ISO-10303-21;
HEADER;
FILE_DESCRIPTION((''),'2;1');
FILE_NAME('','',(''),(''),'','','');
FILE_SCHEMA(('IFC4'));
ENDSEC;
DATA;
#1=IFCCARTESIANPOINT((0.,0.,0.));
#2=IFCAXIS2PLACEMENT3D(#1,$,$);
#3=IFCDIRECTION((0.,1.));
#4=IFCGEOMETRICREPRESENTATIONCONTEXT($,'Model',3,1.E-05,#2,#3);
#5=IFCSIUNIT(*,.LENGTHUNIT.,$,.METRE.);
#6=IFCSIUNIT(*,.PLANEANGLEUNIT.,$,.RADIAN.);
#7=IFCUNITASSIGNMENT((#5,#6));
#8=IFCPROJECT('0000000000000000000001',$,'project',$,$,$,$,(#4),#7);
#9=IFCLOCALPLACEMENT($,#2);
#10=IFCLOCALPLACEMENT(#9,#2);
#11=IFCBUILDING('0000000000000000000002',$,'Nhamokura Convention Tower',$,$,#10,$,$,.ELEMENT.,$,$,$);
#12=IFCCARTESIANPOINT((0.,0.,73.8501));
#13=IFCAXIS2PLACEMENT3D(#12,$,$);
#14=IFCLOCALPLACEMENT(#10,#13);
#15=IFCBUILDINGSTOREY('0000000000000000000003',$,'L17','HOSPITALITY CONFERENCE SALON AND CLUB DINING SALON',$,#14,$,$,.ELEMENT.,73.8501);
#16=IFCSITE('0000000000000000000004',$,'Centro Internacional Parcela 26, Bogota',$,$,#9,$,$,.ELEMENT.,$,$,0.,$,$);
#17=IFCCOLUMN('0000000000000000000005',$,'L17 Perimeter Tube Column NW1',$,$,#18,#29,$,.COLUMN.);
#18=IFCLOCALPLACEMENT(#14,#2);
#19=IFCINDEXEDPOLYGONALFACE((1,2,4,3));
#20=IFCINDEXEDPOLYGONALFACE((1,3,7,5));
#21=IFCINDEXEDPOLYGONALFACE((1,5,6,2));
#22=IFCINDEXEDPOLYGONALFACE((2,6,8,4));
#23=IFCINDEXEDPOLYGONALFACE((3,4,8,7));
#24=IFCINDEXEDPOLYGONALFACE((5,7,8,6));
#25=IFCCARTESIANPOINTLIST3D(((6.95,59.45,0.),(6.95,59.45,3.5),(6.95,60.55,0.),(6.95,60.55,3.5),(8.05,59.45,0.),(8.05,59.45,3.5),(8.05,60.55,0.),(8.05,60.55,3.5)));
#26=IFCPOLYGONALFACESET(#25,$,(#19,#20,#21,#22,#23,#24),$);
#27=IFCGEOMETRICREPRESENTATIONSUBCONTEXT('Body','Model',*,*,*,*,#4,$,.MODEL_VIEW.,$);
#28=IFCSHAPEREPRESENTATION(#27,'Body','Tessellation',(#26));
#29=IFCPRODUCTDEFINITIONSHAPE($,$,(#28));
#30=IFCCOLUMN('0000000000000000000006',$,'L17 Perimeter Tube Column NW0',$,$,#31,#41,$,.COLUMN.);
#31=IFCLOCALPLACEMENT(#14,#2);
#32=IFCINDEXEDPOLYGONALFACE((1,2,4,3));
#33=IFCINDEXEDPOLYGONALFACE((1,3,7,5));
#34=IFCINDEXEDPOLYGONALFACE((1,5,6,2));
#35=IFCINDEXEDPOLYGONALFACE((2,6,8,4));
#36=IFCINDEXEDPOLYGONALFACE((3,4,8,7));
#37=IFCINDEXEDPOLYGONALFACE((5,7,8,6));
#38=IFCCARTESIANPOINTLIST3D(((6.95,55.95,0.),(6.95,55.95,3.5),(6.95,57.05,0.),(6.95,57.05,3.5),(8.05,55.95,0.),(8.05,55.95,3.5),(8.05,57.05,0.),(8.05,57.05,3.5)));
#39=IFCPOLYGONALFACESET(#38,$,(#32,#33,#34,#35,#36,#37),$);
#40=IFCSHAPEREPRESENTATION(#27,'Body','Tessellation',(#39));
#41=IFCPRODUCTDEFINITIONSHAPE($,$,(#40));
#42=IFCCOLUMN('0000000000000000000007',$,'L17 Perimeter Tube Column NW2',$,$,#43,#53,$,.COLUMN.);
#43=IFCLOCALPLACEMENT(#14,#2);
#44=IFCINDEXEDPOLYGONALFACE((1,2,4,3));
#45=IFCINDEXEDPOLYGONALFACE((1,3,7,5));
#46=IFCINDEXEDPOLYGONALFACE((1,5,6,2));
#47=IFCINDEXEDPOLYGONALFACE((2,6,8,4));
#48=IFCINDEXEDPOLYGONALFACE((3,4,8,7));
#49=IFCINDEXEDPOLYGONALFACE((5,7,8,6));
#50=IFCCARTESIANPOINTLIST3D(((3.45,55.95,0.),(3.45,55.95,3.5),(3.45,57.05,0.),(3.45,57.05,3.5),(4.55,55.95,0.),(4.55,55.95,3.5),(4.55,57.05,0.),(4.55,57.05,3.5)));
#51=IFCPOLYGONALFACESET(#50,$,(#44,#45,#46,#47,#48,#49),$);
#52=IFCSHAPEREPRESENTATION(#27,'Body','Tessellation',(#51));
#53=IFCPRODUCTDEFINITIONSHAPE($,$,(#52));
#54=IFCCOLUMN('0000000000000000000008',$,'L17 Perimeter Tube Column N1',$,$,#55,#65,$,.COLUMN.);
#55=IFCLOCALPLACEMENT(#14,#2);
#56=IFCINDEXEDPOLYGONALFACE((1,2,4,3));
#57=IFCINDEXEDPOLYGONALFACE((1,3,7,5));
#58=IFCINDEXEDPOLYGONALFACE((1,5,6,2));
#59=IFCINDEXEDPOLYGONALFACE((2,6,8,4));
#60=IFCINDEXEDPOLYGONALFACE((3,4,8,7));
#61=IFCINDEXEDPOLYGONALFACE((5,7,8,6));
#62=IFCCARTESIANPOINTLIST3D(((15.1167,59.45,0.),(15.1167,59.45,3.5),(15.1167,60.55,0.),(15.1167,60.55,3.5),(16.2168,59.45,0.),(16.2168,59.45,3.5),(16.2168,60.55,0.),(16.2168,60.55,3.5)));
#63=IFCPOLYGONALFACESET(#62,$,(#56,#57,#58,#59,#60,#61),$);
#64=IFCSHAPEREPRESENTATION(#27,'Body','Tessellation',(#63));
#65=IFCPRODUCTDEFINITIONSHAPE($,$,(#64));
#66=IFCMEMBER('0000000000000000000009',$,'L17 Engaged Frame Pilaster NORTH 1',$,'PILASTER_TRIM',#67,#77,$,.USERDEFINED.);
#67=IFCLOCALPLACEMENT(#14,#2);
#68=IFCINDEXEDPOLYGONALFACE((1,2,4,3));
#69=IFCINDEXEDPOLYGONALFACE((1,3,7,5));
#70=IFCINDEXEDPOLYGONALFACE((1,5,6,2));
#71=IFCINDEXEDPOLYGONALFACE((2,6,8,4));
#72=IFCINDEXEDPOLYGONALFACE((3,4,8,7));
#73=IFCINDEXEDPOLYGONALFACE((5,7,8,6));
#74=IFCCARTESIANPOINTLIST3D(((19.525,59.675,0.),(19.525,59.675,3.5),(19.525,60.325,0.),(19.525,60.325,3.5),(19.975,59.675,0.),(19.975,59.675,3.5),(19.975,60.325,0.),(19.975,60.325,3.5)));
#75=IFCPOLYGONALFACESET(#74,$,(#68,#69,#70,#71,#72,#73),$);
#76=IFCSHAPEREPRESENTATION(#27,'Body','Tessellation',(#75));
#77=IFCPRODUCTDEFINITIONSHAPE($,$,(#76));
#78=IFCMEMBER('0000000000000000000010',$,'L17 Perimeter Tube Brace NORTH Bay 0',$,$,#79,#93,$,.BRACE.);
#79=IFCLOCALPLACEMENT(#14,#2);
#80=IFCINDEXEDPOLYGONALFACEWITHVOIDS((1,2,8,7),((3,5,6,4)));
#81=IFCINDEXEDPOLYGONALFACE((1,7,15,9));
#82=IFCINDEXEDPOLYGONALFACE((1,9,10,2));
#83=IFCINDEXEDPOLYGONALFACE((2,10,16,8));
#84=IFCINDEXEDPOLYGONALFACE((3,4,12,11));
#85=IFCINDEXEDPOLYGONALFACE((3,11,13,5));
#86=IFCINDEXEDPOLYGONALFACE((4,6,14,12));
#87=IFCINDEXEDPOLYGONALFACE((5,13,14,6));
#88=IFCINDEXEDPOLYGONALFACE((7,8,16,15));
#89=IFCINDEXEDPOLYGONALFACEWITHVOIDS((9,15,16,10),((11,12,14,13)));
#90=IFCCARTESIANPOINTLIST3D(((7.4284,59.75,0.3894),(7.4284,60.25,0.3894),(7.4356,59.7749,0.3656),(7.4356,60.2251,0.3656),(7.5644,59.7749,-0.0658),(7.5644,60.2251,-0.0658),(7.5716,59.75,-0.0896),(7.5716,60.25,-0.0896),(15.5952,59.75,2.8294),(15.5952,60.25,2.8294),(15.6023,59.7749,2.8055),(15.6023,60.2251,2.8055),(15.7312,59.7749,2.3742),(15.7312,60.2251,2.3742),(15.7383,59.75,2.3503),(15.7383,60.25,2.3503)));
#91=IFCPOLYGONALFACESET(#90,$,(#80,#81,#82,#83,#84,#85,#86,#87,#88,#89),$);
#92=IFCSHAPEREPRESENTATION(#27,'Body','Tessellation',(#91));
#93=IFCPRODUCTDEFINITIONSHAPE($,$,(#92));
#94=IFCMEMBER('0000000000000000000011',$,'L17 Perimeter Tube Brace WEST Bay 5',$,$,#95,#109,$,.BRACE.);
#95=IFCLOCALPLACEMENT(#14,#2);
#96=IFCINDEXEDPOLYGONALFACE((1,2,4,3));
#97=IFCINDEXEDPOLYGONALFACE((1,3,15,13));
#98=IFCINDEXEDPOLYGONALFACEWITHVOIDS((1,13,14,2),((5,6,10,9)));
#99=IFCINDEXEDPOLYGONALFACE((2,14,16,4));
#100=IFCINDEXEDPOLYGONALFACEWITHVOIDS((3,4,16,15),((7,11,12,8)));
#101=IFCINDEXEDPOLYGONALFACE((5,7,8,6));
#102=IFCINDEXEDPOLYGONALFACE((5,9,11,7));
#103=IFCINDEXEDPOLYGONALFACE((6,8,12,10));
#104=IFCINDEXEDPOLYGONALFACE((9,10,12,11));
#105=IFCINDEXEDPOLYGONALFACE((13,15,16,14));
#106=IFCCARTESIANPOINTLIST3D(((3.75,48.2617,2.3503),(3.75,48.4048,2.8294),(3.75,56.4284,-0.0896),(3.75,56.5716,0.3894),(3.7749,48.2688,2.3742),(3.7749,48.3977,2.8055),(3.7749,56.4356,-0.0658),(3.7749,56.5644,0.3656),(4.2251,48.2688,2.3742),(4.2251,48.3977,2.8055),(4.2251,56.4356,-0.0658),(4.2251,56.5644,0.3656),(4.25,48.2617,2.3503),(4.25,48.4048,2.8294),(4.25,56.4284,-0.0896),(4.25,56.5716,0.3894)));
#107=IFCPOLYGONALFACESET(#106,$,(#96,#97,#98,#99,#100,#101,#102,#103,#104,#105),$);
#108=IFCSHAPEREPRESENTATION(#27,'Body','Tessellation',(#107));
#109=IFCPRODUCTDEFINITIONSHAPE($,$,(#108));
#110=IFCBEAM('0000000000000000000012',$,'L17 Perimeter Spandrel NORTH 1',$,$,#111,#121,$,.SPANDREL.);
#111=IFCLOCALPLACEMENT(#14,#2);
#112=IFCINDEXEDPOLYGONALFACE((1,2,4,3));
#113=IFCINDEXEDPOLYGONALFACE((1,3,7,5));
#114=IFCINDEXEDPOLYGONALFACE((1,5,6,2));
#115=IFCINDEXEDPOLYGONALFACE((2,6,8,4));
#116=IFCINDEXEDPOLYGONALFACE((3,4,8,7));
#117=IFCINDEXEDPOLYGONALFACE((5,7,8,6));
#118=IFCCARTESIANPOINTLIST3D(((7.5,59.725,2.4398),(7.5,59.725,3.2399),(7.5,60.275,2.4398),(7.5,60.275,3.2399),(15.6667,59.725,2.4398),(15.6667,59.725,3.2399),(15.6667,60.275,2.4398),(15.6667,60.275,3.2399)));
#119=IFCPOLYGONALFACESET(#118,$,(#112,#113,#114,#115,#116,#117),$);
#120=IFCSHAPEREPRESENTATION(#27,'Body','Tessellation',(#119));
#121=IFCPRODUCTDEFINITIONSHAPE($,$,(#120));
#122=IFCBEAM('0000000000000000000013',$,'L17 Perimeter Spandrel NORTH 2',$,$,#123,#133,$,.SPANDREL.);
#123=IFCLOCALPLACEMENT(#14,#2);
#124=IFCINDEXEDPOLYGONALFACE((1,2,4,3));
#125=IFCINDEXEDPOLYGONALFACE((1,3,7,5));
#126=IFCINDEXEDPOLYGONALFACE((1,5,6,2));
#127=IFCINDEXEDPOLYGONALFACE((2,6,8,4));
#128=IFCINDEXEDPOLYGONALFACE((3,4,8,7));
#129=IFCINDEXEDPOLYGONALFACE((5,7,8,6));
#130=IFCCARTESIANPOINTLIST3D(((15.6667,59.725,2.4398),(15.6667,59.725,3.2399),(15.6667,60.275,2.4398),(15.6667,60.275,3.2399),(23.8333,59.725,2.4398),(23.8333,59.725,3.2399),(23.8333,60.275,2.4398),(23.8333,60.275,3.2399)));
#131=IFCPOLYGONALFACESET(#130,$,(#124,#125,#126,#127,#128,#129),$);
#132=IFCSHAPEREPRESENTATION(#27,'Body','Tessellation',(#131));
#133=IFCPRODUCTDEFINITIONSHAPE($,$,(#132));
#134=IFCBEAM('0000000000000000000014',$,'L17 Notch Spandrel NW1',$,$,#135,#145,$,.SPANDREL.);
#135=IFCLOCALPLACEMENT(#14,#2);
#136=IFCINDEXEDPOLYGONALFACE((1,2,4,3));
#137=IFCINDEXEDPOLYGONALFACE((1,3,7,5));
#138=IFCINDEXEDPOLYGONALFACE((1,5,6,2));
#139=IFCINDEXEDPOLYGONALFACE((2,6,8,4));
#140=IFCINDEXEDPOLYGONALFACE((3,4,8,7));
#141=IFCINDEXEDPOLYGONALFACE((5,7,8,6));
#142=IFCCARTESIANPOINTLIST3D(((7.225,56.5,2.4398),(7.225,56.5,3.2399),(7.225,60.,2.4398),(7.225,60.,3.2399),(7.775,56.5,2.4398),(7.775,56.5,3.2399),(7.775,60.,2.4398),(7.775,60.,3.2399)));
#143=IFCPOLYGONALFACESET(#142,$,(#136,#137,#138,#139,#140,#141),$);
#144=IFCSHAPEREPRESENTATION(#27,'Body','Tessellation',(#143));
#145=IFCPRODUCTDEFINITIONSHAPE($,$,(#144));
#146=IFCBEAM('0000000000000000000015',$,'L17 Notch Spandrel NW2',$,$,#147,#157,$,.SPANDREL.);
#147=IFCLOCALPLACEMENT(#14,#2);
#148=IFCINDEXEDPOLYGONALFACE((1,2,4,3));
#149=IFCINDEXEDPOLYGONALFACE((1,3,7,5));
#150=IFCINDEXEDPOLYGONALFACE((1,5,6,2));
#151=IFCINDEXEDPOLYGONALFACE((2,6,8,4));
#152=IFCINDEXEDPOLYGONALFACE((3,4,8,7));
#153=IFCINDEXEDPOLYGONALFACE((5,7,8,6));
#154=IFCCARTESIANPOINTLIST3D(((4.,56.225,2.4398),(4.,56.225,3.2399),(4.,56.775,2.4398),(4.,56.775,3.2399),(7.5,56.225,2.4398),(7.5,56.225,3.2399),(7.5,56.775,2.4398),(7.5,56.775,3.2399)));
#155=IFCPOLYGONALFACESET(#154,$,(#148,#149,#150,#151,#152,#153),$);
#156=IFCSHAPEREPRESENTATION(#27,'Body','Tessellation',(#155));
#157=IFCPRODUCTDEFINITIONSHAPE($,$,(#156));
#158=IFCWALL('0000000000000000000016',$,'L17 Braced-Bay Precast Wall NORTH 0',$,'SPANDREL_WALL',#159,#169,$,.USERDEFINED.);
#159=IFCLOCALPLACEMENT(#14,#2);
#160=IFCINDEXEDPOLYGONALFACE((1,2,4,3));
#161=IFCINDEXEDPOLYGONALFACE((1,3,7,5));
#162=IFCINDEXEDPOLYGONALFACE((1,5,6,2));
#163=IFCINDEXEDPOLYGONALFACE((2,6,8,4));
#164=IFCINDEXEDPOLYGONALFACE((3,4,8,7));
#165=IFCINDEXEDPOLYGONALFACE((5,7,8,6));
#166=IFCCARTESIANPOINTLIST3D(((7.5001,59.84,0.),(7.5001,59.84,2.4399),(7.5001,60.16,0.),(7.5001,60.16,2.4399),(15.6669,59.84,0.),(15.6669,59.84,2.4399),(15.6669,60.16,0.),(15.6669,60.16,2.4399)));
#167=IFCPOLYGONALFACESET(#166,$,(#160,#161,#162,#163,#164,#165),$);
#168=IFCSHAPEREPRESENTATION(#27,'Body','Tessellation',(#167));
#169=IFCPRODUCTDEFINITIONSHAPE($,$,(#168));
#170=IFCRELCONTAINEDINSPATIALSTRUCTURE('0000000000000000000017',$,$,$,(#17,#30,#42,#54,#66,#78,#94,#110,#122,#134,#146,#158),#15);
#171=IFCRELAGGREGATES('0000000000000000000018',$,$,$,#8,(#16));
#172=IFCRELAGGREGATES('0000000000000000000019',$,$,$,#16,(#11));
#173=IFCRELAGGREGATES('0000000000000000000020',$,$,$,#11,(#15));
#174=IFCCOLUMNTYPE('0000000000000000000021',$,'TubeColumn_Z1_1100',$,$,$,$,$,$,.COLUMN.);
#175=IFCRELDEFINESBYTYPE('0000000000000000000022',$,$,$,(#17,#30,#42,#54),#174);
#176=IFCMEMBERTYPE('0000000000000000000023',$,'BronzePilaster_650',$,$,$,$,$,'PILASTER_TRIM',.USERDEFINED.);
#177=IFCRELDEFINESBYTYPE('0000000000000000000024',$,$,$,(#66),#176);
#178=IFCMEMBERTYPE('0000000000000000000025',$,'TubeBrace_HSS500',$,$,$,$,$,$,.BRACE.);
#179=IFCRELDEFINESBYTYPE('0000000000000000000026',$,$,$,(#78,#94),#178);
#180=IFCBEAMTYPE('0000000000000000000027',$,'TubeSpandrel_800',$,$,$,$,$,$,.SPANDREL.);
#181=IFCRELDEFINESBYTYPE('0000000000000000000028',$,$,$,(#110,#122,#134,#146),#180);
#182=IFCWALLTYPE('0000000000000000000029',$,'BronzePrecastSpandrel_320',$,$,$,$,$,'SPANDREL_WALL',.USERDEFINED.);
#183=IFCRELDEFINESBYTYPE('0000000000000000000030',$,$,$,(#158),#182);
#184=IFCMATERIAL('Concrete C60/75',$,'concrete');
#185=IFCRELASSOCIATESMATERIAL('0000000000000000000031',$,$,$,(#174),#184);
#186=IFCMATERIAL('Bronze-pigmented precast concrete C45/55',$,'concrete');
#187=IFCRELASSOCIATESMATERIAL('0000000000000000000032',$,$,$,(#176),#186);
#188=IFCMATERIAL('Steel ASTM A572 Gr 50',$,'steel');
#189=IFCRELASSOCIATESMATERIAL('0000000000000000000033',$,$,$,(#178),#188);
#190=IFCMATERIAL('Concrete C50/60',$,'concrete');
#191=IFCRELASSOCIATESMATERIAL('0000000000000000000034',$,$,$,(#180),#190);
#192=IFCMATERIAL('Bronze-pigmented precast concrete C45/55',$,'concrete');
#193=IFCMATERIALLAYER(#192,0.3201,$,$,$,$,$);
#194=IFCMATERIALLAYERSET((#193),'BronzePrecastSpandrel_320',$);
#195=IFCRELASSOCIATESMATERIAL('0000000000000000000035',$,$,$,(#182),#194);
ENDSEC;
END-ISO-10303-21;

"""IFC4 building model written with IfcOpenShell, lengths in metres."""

from ifc_helpers import new_model, si_unit, direction, frame, frame_2d, origin, origin_2d, place, context, subcontext, project, spatial, rectangle, hollow_rectangle, extrude, material, layer, layer_set, material_profile, profile_set, type_object, element, save


model = new_model("IFC4")

# Units and contexts
model_context = context("Model", 3, precision=1e-05, world=origin(), true_north=direction((0.0, 1.0)))
body_context = subcontext(model_context, "Body", "Model", "MODEL_VIEW")
ifc_project = project(units=[si_unit("LENGTHUNIT", "METRE"), si_unit("PLANEANGLEUNIT", "RADIAN")], contexts=[model_context])

# Site, building, storey
site_placement = place(None, origin())
site = spatial("IfcSite", under=ifc_project, at=site_placement, Name="Centro Internacional Parcela 26, Bogota", CompositionType="ELEMENT", RefElevation=0.0)
building_placement = place(site_placement, origin())
building = spatial("IfcBuilding", under=site, at=building_placement, Name="Nhamokura Convention Tower", CompositionType="ELEMENT")
storey_placement = place(building_placement, frame((0.0, 0.0, 73.8501)))
storey = spatial("IfcBuildingStorey", under=building, at=storey_placement, Name="L17", Description="HOSPITALITY CONFERENCE SALON AND CLUB DINING SALON", CompositionType="ELEMENT", Elevation=73.8501)

# Columns
ifc_material_1 = material(Name="Concrete C60/75", Category="concrete")
ifc_material_profile_1 = material_profile(ifc_material_1, rectangle(XDim=1.1001, YDim=1.1001, at=origin_2d()))
ifc_profile_set_1 = profile_set([ifc_material_profile_1], Name="Concrete C60/75")
column_type = type_object("IfcColumnType", Name="TubeColumn_Z1_1100", PredefinedType="COLUMN", material=ifc_profile_set_1)
for number, where, z_axis, x_axis, name in (
    (1, (7.5, 60.0, 0.0), (0.0, 0.0, 1.0), (1.0, 0.0, 0.0), "L17 Perimeter Tube Column NW1"),
    (2, (7.5, 56.5, 0.0), (0.0, 0.0, 1.0), (1.0, 0.0, 0.0), "L17 Perimeter Tube Column NW0"),
    (3, (4.0, 56.5, 0.0), (0.0, 0.0, 1.0), (1.0, 0.0, 0.0), "L17 Perimeter Tube Column NW2"),
    (4, (15.6667, 60.0, 0.0), (0.0, 0.0, 1.0), (1.0, 0.0, 0.0), "L17 Perimeter Tube Column N1"),
):
    element("IfcColumn", number, at=place(storey_placement, frame(where, z_axis=z_axis, x_axis=x_axis)), inside=storey, type_object=column_type, Name=name, PredefinedType="COLUMN", context=body_context, shape_type="SweptSolid", body=[
        extrude(rectangle(XDim=1.1001, YDim=1.1001, at=origin_2d()), origin(), (0.0, 0.0, 1.0), 3.5),
    ])

# Members
ifc_material_2 = material(Name="Bronze-pigmented precast concrete C45/55", Category="concrete")
ifc_material_profile_2 = material_profile(ifc_material_2, rectangle(XDim=0.45, YDim=0.6499, at=origin_2d()))
ifc_profile_set_2 = profile_set([ifc_material_profile_2], Name="Bronze-pigmented precast concrete C45/55")
member_type_1 = type_object("IfcMemberType", Name="BronzePilaster_650", ElementType="PILASTER_TRIM", PredefinedType="USERDEFINED", material=ifc_profile_set_2)
member_placement = place(storey_placement, frame((19.75, 60.0, 0.0), z_axis=(0.0, 0.0, 1.0), x_axis=(1.0, 0.0, 0.0)))
element("IfcMember", 5, at=member_placement, inside=storey, type_object=member_type_1, Name="L17 Engaged Frame Pilaster NORTH 1", ObjectType="PILASTER_TRIM", PredefinedType="USERDEFINED", context=body_context, shape_type="SweptSolid", body=[
    extrude(rectangle(XDim=0.45, YDim=0.6499, at=origin_2d()), origin(), (0.0, 0.0, 1.0), 3.5),
])
ifc_material_3 = material(Name="Steel ASTM A572 Gr 50", Category="steel")
ifc_material_profile_3 = material_profile(ifc_material_3, hollow_rectangle(XDim=0.5, YDim=0.5, WallThickness=0.0249, at=origin_2d()))
ifc_profile_set_3 = profile_set([ifc_material_profile_3], Name="Steel ASTM A572 Gr 50")
member_type_2 = type_object("IfcMemberType", Name="TubeBrace_HSS500", PredefinedType="BRACE", material=ifc_profile_set_3)
for number, where, z_axis, x_axis, name in (
    (6, (7.5, 60.0, 0.1499), (0.958151, 0.0, 0.286262), (0.0, 1.0, 0.0), "L17 Perimeter Tube Brace NORTH Bay 0"),
    (7, (4.0, 56.5, 0.1499), (0.0, -0.958151, 0.286262), (1.0, 0.0, 0.0), "L17 Perimeter Tube Brace WEST Bay 5"),
):
    element("IfcMember", number, at=place(storey_placement, frame(where, z_axis=z_axis, x_axis=x_axis)), inside=storey, type_object=member_type_2, Name=name, PredefinedType="BRACE", context=body_context, shape_type="SweptSolid", body=[
        extrude(hollow_rectangle(XDim=0.5, YDim=0.5, WallThickness=0.0249, at=origin_2d()), origin(), (0.0, 0.0, 1.0), 8.5234),
    ])

# Beams
ifc_material_4 = material(Name="Concrete C50/60", Category="concrete")
ifc_material_profile_4 = material_profile(ifc_material_4, rectangle(XDim=0.55, YDim=0.8, at=origin_2d()))
ifc_profile_set_4 = profile_set([ifc_material_profile_4], Name="Concrete C50/60")
beam_type = type_object("IfcBeamType", Name="TubeSpandrel_800", PredefinedType="SPANDREL", material=ifc_profile_set_4)
beam_1_placement = place(storey_placement, frame((7.5, 60.0, 2.8398), z_axis=(1.0, 0.0, 0.0), x_axis=(0.0, 1.0, 0.0)))
element("IfcBeam", 8, at=beam_1_placement, inside=storey, type_object=beam_type, Name="L17 Perimeter Spandrel NORTH 1", PredefinedType="SPANDREL", context=body_context, shape_type="SweptSolid", body=[
    extrude(rectangle(XDim=0.55, YDim=0.8, at=origin_2d()), origin(), (0.0, 0.0, 1.0), 8.1667),
])
beam_2_placement = place(storey_placement, frame((15.6667, 60.0, 2.8398), z_axis=(1.0, 0.0, 0.0), x_axis=(0.0, 1.0, 0.0)))
element("IfcBeam", 9, at=beam_2_placement, inside=storey, type_object=beam_type, Name="L17 Perimeter Spandrel NORTH 2", PredefinedType="SPANDREL", context=body_context, shape_type="SweptSolid", body=[
    extrude(rectangle(XDim=0.55, YDim=0.8, at=origin_2d()), origin(), (0.0, 0.0, 1.0), 8.1665),
])
for number, where, z_axis, x_axis, name in (
    (10, (7.5, 60.0, 2.8398), (0.0, -1.0, 0.0), (1.0, 0.0, 0.0), "L17 Notch Spandrel NW1"),
    (11, (7.5, 56.5, 2.8398), (-1.0, 0.0, 0.0), (0.0, -1.0, 0.0), "L17 Notch Spandrel NW2"),
):
    element("IfcBeam", number, at=place(storey_placement, frame(where, z_axis=z_axis, x_axis=x_axis)), inside=storey, type_object=beam_type, Name=name, PredefinedType="SPANDREL", context=body_context, shape_type="SweptSolid", body=[
        extrude(rectangle(XDim=0.55, YDim=0.8, at=origin_2d()), origin(), (0.0, 0.0, 1.0), 3.5),
    ])

# Wall
ifc_material_5 = material(Name="Bronze-pigmented precast concrete C45/55", Category="concrete")
ifc_layer = layer(ifc_material_5, 0.3201)
ifc_layer_set = layer_set([ifc_layer], Name="BronzePrecastSpandrel_320")
wall_type = type_object("IfcWallType", Name="BronzePrecastSpandrel_320", ElementType="SPANDREL_WALL", PredefinedType="USERDEFINED", material=ifc_layer_set)
wall_1_placement = place(storey_placement, frame((7.5, 60.0, 0.0), z_axis=(0.0, 0.0, 1.0), x_axis=(1.0, 0.0, 0.0)))
element("IfcWall", 12, at=wall_1_placement, inside=storey, type_object=wall_type, Name="L17 Braced-Bay Precast Wall NORTH 0", ObjectType="SPANDREL_WALL", PredefinedType="USERDEFINED", context=body_context, shape_type="SweptSolid", body=[
    extrude(rectangle(XDim=8.1667, YDim=0.3201, at=frame_2d((4.0835, 0.0))), origin(), (0.0, 0.0, 1.0), 2.4399),
])

save(model, "model.ifc")
